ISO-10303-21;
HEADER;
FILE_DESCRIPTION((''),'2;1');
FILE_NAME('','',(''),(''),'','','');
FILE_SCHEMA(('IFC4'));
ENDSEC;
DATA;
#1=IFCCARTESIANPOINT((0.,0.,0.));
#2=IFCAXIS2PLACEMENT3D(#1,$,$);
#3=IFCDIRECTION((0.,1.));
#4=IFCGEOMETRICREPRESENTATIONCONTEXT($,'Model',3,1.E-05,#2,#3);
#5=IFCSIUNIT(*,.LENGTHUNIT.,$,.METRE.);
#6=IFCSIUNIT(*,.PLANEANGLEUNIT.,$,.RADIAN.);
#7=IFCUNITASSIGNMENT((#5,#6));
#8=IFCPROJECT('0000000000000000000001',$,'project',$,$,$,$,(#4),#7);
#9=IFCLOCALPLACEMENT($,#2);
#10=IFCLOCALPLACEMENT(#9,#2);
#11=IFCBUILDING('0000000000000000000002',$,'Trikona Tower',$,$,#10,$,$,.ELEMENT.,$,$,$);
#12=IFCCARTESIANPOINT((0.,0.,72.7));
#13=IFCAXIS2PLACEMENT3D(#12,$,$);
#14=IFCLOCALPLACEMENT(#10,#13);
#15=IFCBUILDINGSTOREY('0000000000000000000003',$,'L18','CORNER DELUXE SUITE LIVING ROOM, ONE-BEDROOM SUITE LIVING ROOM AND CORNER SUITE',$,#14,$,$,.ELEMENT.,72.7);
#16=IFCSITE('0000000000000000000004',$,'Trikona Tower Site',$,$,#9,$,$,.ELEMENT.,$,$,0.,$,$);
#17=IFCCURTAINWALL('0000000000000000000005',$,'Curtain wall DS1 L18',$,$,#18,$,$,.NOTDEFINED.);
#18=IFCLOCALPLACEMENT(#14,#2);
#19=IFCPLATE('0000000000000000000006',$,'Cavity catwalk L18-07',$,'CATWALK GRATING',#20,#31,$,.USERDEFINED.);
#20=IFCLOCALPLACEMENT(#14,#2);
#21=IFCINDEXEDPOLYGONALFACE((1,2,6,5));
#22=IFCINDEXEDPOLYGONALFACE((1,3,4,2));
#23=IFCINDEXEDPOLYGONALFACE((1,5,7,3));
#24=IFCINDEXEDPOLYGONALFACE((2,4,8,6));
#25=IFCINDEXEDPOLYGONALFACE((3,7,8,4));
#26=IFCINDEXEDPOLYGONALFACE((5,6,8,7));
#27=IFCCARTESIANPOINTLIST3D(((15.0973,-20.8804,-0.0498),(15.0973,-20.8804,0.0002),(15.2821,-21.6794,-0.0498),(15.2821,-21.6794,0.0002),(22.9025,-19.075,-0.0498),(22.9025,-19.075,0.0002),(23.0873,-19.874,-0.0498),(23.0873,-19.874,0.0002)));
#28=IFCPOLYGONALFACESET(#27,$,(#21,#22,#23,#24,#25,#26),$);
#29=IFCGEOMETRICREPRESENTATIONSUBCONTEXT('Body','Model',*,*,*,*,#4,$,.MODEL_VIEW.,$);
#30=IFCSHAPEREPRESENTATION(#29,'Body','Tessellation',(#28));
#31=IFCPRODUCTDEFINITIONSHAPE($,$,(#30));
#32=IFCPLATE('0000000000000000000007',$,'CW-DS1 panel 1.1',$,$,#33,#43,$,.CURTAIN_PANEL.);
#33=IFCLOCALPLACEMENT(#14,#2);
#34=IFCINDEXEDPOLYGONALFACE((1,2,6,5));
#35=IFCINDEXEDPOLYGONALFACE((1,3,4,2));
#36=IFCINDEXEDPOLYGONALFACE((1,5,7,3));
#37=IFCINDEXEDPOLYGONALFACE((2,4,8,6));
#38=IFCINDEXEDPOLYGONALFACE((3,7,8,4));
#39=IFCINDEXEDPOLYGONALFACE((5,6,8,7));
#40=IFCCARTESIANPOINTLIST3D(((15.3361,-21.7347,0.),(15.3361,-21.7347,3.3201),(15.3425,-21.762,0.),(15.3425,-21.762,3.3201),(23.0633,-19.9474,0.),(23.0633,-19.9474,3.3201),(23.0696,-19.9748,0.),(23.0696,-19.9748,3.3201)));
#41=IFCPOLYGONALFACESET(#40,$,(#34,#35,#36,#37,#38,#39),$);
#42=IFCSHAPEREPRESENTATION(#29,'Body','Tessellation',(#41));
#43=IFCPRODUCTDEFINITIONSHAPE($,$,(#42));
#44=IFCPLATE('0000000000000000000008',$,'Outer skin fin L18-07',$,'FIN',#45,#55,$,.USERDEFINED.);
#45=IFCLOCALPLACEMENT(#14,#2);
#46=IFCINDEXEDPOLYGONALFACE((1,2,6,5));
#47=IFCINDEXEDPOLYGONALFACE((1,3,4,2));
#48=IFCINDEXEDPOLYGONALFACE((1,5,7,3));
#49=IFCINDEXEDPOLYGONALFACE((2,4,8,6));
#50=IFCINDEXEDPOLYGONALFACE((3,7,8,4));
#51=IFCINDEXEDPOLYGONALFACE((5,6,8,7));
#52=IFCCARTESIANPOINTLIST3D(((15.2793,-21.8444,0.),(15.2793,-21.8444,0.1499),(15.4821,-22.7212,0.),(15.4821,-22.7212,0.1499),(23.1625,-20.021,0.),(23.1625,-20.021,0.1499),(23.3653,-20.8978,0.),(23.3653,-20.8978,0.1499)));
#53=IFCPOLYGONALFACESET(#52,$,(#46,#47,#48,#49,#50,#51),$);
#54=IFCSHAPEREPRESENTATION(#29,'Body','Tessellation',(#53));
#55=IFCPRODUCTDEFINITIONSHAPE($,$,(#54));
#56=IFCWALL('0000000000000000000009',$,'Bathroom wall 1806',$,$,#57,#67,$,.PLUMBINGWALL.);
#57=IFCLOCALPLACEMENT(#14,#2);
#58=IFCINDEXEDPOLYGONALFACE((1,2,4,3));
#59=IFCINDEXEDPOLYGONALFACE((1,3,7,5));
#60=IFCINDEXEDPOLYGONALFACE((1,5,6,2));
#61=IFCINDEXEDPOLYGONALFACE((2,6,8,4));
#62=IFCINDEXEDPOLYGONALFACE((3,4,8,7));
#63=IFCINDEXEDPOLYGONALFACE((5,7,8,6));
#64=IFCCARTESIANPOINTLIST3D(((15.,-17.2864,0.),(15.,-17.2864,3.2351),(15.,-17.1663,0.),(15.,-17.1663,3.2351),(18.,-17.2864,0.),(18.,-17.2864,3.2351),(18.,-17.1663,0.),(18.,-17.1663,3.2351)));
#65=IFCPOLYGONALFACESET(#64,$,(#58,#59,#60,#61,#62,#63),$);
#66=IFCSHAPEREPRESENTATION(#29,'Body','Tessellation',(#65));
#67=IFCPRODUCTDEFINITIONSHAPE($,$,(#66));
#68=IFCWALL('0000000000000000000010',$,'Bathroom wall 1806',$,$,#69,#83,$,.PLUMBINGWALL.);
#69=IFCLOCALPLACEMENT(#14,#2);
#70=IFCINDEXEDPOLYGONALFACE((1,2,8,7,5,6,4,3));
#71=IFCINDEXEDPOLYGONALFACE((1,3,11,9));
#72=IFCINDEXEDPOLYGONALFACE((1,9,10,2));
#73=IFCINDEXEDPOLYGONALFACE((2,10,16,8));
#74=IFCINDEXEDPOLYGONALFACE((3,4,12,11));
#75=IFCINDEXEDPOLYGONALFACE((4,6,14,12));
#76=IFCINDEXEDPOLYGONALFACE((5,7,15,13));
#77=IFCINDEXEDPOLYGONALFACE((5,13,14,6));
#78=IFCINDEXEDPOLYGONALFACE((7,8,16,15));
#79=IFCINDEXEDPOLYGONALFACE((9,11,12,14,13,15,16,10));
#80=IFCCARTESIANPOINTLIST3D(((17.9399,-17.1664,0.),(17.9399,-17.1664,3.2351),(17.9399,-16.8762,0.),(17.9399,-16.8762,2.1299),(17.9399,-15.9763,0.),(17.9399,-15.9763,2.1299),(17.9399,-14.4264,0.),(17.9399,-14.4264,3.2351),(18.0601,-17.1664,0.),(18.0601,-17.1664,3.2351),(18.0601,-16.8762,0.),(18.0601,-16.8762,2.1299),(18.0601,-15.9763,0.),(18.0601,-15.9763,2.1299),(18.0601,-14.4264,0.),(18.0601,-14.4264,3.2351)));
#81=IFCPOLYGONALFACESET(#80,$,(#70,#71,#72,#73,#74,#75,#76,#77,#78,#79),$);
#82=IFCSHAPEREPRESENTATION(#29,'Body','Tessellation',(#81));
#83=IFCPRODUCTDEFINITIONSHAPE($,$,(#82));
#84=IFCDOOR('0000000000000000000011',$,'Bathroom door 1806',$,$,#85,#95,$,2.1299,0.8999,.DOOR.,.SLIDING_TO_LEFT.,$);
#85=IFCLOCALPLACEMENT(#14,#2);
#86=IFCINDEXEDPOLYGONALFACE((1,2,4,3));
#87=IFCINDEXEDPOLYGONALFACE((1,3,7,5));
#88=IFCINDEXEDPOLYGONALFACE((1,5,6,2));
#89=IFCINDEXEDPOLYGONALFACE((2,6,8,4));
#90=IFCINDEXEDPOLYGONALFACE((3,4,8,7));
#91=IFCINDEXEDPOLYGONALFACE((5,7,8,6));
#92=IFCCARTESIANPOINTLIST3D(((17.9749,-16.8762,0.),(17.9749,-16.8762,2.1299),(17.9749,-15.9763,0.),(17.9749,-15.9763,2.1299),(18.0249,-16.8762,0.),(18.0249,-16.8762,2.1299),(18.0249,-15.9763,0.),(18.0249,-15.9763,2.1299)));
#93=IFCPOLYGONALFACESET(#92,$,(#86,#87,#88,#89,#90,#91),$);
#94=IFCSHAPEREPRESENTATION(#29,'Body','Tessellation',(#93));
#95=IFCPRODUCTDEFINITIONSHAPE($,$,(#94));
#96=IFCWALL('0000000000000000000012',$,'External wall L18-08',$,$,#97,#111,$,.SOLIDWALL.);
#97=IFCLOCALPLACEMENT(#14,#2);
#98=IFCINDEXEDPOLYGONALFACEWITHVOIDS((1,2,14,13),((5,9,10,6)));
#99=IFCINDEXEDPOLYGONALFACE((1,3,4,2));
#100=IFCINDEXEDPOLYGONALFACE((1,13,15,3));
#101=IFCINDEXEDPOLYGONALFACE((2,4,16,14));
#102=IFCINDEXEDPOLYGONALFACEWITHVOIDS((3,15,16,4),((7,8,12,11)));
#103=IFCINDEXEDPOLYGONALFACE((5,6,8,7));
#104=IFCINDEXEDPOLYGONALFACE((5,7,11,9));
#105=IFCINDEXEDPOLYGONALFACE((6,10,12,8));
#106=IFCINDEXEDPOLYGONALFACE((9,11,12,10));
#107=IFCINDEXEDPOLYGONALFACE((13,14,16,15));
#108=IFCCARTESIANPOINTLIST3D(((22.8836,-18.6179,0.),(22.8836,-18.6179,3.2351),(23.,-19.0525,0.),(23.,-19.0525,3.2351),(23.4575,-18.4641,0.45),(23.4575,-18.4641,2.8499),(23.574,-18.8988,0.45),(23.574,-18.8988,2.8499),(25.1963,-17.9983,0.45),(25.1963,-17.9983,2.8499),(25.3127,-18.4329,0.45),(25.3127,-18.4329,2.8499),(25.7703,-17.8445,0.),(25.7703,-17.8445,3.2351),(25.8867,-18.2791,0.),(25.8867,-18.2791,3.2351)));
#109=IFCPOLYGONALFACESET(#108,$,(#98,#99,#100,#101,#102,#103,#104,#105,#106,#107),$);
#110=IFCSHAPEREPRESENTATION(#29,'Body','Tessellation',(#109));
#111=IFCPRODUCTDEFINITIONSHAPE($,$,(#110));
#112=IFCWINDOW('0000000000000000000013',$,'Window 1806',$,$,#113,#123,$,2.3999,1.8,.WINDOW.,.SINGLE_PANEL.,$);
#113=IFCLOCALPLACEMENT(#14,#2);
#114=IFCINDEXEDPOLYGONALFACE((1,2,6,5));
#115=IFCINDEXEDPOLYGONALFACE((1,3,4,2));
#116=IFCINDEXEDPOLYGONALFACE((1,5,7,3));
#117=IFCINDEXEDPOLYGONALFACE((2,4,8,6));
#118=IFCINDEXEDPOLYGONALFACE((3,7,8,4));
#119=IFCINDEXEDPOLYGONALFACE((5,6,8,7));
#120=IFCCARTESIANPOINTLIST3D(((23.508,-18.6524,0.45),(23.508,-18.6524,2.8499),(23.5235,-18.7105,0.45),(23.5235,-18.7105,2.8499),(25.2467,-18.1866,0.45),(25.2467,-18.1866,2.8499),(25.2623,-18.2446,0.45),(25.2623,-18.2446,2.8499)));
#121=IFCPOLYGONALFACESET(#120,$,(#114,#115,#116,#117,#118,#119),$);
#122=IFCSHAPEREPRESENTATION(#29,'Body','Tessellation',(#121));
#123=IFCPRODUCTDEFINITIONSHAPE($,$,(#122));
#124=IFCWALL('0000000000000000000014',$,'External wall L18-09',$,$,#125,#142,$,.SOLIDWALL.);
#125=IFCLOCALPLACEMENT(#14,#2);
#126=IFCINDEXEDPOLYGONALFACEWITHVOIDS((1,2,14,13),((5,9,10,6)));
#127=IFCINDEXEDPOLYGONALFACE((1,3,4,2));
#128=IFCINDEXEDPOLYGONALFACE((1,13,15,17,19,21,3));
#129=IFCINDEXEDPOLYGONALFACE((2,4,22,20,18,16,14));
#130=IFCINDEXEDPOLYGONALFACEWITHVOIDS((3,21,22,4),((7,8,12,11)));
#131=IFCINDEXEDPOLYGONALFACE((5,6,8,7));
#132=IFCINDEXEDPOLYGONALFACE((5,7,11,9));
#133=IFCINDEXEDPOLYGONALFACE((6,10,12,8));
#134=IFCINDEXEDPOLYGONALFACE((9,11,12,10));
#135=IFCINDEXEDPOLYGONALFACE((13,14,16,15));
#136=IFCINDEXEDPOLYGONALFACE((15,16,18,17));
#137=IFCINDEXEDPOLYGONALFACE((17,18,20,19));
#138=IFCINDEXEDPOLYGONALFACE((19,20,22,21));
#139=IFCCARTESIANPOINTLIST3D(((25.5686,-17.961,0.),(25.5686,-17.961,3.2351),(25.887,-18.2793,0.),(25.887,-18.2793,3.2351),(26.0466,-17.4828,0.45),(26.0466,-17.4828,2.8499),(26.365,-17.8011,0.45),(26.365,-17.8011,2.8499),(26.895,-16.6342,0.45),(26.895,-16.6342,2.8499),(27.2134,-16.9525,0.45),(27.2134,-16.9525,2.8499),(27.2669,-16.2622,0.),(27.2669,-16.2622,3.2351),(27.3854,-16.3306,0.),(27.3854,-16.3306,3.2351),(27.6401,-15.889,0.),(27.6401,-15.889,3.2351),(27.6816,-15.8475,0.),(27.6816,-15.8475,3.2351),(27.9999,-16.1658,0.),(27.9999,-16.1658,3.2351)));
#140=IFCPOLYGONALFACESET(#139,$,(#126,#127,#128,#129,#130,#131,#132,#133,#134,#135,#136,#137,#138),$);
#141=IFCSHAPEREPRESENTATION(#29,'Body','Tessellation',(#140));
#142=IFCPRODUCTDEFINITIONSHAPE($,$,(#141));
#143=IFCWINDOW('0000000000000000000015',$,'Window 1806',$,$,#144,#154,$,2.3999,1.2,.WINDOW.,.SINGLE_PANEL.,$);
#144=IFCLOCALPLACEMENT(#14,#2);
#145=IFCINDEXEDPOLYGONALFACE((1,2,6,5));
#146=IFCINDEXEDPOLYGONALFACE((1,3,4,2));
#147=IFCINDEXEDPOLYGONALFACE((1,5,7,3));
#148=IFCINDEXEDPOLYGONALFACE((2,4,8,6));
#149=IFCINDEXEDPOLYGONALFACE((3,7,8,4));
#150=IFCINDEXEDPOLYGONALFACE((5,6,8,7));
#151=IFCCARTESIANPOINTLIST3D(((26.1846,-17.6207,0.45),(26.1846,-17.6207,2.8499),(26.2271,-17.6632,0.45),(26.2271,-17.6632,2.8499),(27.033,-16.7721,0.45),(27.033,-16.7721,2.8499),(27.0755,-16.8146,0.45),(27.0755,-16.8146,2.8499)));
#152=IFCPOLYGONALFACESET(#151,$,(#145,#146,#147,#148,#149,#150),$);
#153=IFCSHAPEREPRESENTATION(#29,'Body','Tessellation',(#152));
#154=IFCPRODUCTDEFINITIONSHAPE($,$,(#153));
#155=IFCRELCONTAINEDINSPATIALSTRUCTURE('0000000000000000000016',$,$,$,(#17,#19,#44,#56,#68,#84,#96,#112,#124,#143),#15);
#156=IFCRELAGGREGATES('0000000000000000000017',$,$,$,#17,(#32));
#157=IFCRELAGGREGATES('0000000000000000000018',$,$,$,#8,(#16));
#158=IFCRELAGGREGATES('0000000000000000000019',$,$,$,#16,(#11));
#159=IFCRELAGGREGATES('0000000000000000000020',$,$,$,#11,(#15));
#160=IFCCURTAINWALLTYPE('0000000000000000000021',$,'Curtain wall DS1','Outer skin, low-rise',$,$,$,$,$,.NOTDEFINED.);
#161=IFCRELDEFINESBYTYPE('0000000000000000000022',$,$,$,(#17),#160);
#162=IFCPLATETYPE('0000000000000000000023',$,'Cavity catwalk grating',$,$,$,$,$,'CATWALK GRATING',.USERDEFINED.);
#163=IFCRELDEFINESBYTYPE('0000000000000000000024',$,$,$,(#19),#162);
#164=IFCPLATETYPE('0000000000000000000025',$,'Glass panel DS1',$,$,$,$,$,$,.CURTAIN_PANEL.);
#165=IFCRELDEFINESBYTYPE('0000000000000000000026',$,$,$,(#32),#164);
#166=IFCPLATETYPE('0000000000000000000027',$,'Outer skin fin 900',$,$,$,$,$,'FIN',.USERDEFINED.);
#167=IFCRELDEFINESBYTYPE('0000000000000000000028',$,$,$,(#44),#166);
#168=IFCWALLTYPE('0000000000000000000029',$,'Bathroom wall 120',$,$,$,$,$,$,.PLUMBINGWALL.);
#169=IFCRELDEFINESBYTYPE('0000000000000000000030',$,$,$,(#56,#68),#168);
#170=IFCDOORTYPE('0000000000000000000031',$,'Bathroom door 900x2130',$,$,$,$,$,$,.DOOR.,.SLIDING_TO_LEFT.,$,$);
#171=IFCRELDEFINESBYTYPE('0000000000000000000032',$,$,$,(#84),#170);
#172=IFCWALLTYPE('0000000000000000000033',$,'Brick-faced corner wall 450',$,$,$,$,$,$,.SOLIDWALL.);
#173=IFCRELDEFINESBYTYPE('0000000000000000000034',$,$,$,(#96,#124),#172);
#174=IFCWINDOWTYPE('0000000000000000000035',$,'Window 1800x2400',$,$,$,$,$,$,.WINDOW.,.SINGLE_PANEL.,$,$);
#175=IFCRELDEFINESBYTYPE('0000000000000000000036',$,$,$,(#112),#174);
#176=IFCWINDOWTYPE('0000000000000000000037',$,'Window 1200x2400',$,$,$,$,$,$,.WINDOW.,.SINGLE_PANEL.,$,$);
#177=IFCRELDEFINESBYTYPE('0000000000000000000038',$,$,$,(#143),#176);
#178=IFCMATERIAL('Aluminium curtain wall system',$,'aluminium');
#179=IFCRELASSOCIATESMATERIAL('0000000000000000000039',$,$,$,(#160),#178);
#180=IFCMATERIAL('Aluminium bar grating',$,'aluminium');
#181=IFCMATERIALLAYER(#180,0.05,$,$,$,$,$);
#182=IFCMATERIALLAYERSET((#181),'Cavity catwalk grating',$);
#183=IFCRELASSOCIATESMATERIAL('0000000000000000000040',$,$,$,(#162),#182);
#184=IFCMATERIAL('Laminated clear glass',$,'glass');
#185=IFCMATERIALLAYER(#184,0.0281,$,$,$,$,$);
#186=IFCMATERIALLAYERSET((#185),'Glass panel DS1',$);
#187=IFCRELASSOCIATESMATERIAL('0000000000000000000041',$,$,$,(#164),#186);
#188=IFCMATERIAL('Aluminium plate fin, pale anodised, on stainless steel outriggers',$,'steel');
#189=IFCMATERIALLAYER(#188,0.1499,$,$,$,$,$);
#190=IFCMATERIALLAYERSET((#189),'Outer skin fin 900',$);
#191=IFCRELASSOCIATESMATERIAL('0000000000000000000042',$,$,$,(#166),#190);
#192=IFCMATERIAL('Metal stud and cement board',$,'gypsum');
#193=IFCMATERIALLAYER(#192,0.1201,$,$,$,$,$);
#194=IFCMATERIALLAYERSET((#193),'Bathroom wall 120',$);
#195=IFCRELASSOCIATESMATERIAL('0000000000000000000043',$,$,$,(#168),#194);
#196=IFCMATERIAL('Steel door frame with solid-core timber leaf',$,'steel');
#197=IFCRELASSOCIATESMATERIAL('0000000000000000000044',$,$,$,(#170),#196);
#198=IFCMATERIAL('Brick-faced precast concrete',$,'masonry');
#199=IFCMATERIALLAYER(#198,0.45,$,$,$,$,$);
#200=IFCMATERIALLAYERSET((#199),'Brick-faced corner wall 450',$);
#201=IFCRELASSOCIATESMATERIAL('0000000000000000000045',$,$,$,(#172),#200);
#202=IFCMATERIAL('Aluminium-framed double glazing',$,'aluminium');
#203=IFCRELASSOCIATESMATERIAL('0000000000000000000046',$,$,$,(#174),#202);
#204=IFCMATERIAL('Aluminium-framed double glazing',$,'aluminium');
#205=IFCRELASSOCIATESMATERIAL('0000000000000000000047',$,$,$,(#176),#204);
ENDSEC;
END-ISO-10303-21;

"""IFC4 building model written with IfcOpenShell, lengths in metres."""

from ifc_helpers import new_model, si_unit, direction, frame, frame_2d, origin, origin_2d, place, context, subcontext, project, spatial, polyline, rectangle, outline, extrude, material, layer, layer_set, type_object, element, fill, aggregate, save


model = new_model("IFC4")

# Units and contexts
model_context = context("Model", 3, precision=1e-05, world=origin(), true_north=direction((0.0, 1.0)))
body_context = subcontext(model_context, "Body", "Model", "MODEL_VIEW")
ifc_project = project(units=[si_unit("LENGTHUNIT", "METRE"), si_unit("PLANEANGLEUNIT", "RADIAN")], contexts=[model_context])

# Site, building, storey
site_placement = place(None, origin())
site = spatial("IfcSite", under=ifc_project, at=site_placement, Name="Trikona Tower Site", CompositionType="ELEMENT", RefElevation=0.0)
building_placement = place(site_placement, origin())
building = spatial("IfcBuilding", under=site, at=building_placement, Name="Trikona Tower", CompositionType="ELEMENT")
storey_placement = place(building_placement, frame((0.0, 0.0, 72.7)))
storey = spatial("IfcBuildingStorey", under=building, at=storey_placement, Name="L18", Description="CORNER DELUXE SUITE LIVING ROOM, ONE-BEDROOM SUITE LIVING ROOM AND CORNER SUITE", CompositionType="ELEMENT", Elevation=72.7)

# Shared definitions
ifc_material_1 = material(Name="Aluminium curtain wall system", Category="aluminium")
curtain_wall_type = type_object("IfcCurtainWallType", Name="Curtain wall DS1", Description="Outer skin, low-rise", PredefinedType="NOTDEFINED", material=ifc_material_1)

# Curtain wall
curtain_wall_1_placement = place(storey_placement, origin())
curtain_wall_1 = element("IfcCurtainWall", 1, at=curtain_wall_1_placement, inside=storey, type_object=curtain_wall_type, Name="Curtain wall DS1 L18", PredefinedType="NOTDEFINED")

# Plates
ifc_material_2 = material(Name="Aluminium bar grating", Category="aluminium")
ifc_layer_1 = layer(ifc_material_2, 0.05)
ifc_layer_set_1 = layer_set([ifc_layer_1], Name="Cavity catwalk grating")
plate_type_1 = type_object("IfcPlateType", Name="Cavity catwalk grating", ElementType="CATWALK GRATING", PredefinedType="USERDEFINED", material=ifc_layer_set_1)
plate_1_placement = place(storey_placement, frame((19.0923, -20.3772, -0.0498), z_axis=(0.0, 0.0, 1.0), x_axis=(0.974278, 0.225351, 0.0)))
element("IfcPlate", 2, at=plate_1_placement, inside=storey, type_object=plate_type_1, Name="Cavity catwalk L18-07", ObjectType="CATWALK GRATING", PredefinedType="USERDEFINED", context=body_context, shape_type="SweptSolid", body=[
    extrude(rectangle(XDim=8.0112, YDim=0.8201, at=origin_2d()), origin(), (0.0, 0.0, 1.0), 0.05),
])
ifc_material_3 = material(Name="Laminated clear glass", Category="glass")
ifc_layer_2 = layer(ifc_material_3, 0.0281)
ifc_layer_set_2 = layer_set([ifc_layer_2], Name="Glass panel DS1")
plate_type_2 = type_object("IfcPlateType", Name="Glass panel DS1", PredefinedType="CURTAIN_PANEL", material=ifc_layer_set_2)
plate_2_placement = place(storey_placement, frame((19.2029, -20.8547, 0.0), z_axis=(0.0, 0.0, 1.0), x_axis=(0.974279, 0.225343, 0.0)))
plate_2 = element("IfcPlate", 3, at=plate_2_placement, type_object=plate_type_2, Name="CW-DS1 panel 1.1", PredefinedType="CURTAIN_PANEL", context=body_context, shape_type="SweptSolid", body=[
    extrude(rectangle(XDim=7.9312, YDim=0.0281, at=origin_2d()), origin(), (0.0, 0.0, 1.0), 3.3201),
])
aggregate(curtain_wall_1, [plate_2])
ifc_material_4 = material(Name="Aluminium plate fin, pale anodised, on stainless steel outriggers", Category="steel")
ifc_layer_3 = layer(ifc_material_4, 0.1499)
ifc_layer_set_3 = layer_set([ifc_layer_3], Name="Outer skin fin 900")
plate_type_3 = type_object("IfcPlateType", Name="Outer skin fin 900", ElementType="FIN", PredefinedType="USERDEFINED", material=ifc_layer_set_3)
plate_3_placement = place(storey_placement, frame((19.3223, -21.3711, 0.0), z_axis=(0.0, 0.0, 1.0), x_axis=(0.974278, 0.225351, 0.0)))
element("IfcPlate", 4, at=plate_3_placement, inside=storey, type_object=plate_type_3, Name="Outer skin fin L18-07", ObjectType="FIN", PredefinedType="USERDEFINED", context=body_context, shape_type="SweptSolid", body=[
    extrude(rectangle(XDim=8.0913, YDim=0.8999, at=origin_2d()), origin(), (0.0, 0.0, 1.0), 0.1499),
])

# Wall
ifc_material_5 = material(Name="Metal stud and cement board", Category="gypsum")
ifc_layer_4 = layer(ifc_material_5, 0.1201)
ifc_layer_set_4 = layer_set([ifc_layer_4], Name="Bathroom wall 120")
wall_type_1 = type_object("IfcWallType", Name="Bathroom wall 120", PredefinedType="PLUMBINGWALL", material=ifc_layer_set_4)
wall_1_placement = place(storey_placement, frame((15.0, -17.2263, 0.0), z_axis=(0.0, 0.0, 1.0), x_axis=(1.0, 0.0, 0.0)))
element("IfcWall", 5, at=wall_1_placement, inside=storey, type_object=wall_type_1, Name="Bathroom wall 1806", PredefinedType="PLUMBINGWALL", context=body_context, shape_type="SweptSolid", body=[
    extrude(rectangle(XDim=3.0, YDim=0.1201, at=frame_2d((1.5, 0.0))), origin(), (0.0, 0.0, 1.0), 3.2351),
])

# Wall, opening, door
wall_2_placement = place(storey_placement, frame((18.0, -14.4263, 0.0), z_axis=(0.0, 0.0, 1.0), x_axis=(0.0, -1.0, 0.0)))
wall_2 = element("IfcWall", 6, at=wall_2_placement, inside=storey, type_object=wall_type_1, Name="Bathroom wall 1806", PredefinedType="PLUMBINGWALL", context=body_context, shape_type="SweptSolid", body=[
    extrude(rectangle(XDim=2.74, YDim=0.1201, at=frame_2d((1.3701, 0.0))), origin(), (0.0, 0.0, 1.0), 3.2351),
])
opening_1_placement = place(wall_2_placement, frame((1.55, 0.0, 0.0)))
opening_1 = element("IfcOpeningElement", 7, at=opening_1_placement, cuts=wall_2, PredefinedType="OPENING", context=body_context, shape_type="SweptSolid", body=[
    extrude(rectangle(XDim=0.8999, YDim=2.1299, at=frame_2d((0.45, 1.0649))), frame((0.0, 0.0701, 0.0), z_axis=(0.0, -1.0, 0.0), x_axis=(1.0, 0.0, 0.0)), (0.0, 0.0, 1.0), 0.1401),
])
ifc_material_6 = material(Name="Steel door frame with solid-core timber leaf", Category="steel")
door_type = type_object("IfcDoorType", Name="Bathroom door 900x2130", OperationType="SLIDING_TO_LEFT", PredefinedType="DOOR", material=ifc_material_6)
door_placement = place(opening_1_placement, origin())
door = element("IfcDoor", 8, at=door_placement, inside=storey, type_object=door_type, Name="Bathroom door 1806", OperationType="SLIDING_TO_LEFT", OverallHeight=2.1299, OverallWidth=0.8999, PredefinedType="DOOR", context=body_context, shape_type="SweptSolid", body=[
    extrude(rectangle(XDim=0.8999, YDim=2.1299, at=frame_2d((0.45, 1.0649))), frame((0.0, 0.0249, 0.0), z_axis=(0.0, -1.0, 0.0), x_axis=(1.0, 0.0, 0.0)), (0.0, 0.0, 1.0), 0.05),
])
fill(opening_1, door)

# Walls, openings, windows
ifc_material_7 = material(Name="Brick-faced precast concrete", Category="masonry")
ifc_layer_5 = layer(ifc_material_7, 0.45)
ifc_layer_set_5 = layer_set([ifc_layer_5], Name="Brick-faced corner wall 450")
wall_type_2 = type_object("IfcWallType", Name="Brick-faced corner wall 450", PredefinedType="SOLIDWALL", material=ifc_layer_set_5)
wall_3_placement = place(storey_placement, frame((22.9419, -18.8352, 0.0), z_axis=(0.0, 0.0, 1.0), x_axis=(0.965931, 0.258801, 0.0)))
wall_3 = element("IfcWall", 9, at=wall_3_placement, inside=storey, type_object=wall_type_2, Name="External wall L18-08", PredefinedType="SOLIDWALL", context=body_context, shape_type="SweptSolid", body=[
    extrude(rectangle(XDim=2.9885, YDim=0.45, at=frame_2d((1.4941, 0.0))), origin(), (0.0, 0.0, 1.0), 3.2351),
])
opening_2_placement = place(wall_3_placement, frame((0.5942, 0.0, 0.45)))
opening_2 = element("IfcOpeningElement", 10, at=opening_2_placement, cuts=wall_3, PredefinedType="OPENING", context=body_context, shape_type="SweptSolid", body=[
    extrude(rectangle(XDim=1.8, YDim=2.3999, at=frame_2d((0.8999, 1.2))), frame((0.0, 0.2349, 0.0), z_axis=(0.0, -1.0, 0.0), x_axis=(1.0, 0.0, 0.0)), (0.0, 0.0, 1.0), 0.47),
])
ifc_material_8 = material(Name="Aluminium-framed double glazing", Category="aluminium")
window_type_1 = type_object("IfcWindowType", Name="Window 1800x2400", PartitioningType="SINGLE_PANEL", PredefinedType="WINDOW", material=ifc_material_8)
window_1_placement = place(opening_2_placement, origin())
window_1 = element("IfcWindow", 11, at=window_1_placement, inside=storey, type_object=window_type_1, Name="Window 1806", OverallHeight=2.3999, OverallWidth=1.8, PartitioningType="SINGLE_PANEL", PredefinedType="WINDOW", context=body_context, shape_type="SweptSolid", body=[
    extrude(rectangle(XDim=1.8, YDim=2.3999, at=frame_2d((0.8999, 1.2))), frame((0.0, 0.03, 0.0), z_axis=(0.0, -1.0, 0.0), x_axis=(1.0, 0.0, 0.0)), (0.0, 0.0, 1.0), 0.0601),
])
fill(opening_2, window_1)
wall_4_placement = place(storey_placement, frame((25.7278, -18.1201, 0.0), z_axis=(0.0, 0.0, 1.0), x_axis=(0.707025, 0.707188, 0.0)))
wall_4 = element("IfcWall", 12, at=wall_4_placement, inside=storey, type_object=wall_type_2, Name="External wall L18-09", PredefinedType="SOLIDWALL", context=body_context, shape_type="SweptSolid", body=[
    extrude(outline(polyline([(2.9885, 0.2251), (2.9299, 0.2251), (2.4375, 0.093), (2.4021, 0.2251), (0.0, 0.2251), (0.0, -0.2251), (2.9885, -0.2251), (2.9885, 0.2251)])), origin(), (0.0, 0.0, 1.0), 3.2351),
])
opening_3_placement = place(wall_4_placement, frame((0.676, 0.0, 0.45)))
opening_3 = element("IfcOpeningElement", 13, at=opening_3_placement, cuts=wall_4, PredefinedType="OPENING", context=body_context, shape_type="SweptSolid", body=[
    extrude(rectangle(XDim=1.2, YDim=2.3999, at=frame_2d((0.6001, 1.2))), frame((0.0, 0.2349, 0.0), z_axis=(0.0, -1.0, 0.0), x_axis=(1.0, 0.0, 0.0)), (0.0, 0.0, 1.0), 0.47),
])
ifc_material_9 = material(Name="Aluminium-framed double glazing", Category="aluminium")
window_type_2 = type_object("IfcWindowType", Name="Window 1200x2400", PartitioningType="SINGLE_PANEL", PredefinedType="WINDOW", material=ifc_material_9)
window_2_placement = place(opening_3_placement, origin())
window_2 = element("IfcWindow", 14, at=window_2_placement, inside=storey, type_object=window_type_2, Name="Window 1806", OverallHeight=2.3999, OverallWidth=1.2, PartitioningType="SINGLE_PANEL", PredefinedType="WINDOW", context=body_context, shape_type="SweptSolid", body=[
    extrude(rectangle(XDim=1.2, YDim=2.3999, at=frame_2d((0.6001, 1.2))), frame((0.0, 0.03, 0.0), z_axis=(0.0, -1.0, 0.0), x_axis=(1.0, 0.0, 0.0)), (0.0, 0.0, 1.0), 0.0601),
])
fill(opening_3, window_2)

save(model, "model.ifc")
